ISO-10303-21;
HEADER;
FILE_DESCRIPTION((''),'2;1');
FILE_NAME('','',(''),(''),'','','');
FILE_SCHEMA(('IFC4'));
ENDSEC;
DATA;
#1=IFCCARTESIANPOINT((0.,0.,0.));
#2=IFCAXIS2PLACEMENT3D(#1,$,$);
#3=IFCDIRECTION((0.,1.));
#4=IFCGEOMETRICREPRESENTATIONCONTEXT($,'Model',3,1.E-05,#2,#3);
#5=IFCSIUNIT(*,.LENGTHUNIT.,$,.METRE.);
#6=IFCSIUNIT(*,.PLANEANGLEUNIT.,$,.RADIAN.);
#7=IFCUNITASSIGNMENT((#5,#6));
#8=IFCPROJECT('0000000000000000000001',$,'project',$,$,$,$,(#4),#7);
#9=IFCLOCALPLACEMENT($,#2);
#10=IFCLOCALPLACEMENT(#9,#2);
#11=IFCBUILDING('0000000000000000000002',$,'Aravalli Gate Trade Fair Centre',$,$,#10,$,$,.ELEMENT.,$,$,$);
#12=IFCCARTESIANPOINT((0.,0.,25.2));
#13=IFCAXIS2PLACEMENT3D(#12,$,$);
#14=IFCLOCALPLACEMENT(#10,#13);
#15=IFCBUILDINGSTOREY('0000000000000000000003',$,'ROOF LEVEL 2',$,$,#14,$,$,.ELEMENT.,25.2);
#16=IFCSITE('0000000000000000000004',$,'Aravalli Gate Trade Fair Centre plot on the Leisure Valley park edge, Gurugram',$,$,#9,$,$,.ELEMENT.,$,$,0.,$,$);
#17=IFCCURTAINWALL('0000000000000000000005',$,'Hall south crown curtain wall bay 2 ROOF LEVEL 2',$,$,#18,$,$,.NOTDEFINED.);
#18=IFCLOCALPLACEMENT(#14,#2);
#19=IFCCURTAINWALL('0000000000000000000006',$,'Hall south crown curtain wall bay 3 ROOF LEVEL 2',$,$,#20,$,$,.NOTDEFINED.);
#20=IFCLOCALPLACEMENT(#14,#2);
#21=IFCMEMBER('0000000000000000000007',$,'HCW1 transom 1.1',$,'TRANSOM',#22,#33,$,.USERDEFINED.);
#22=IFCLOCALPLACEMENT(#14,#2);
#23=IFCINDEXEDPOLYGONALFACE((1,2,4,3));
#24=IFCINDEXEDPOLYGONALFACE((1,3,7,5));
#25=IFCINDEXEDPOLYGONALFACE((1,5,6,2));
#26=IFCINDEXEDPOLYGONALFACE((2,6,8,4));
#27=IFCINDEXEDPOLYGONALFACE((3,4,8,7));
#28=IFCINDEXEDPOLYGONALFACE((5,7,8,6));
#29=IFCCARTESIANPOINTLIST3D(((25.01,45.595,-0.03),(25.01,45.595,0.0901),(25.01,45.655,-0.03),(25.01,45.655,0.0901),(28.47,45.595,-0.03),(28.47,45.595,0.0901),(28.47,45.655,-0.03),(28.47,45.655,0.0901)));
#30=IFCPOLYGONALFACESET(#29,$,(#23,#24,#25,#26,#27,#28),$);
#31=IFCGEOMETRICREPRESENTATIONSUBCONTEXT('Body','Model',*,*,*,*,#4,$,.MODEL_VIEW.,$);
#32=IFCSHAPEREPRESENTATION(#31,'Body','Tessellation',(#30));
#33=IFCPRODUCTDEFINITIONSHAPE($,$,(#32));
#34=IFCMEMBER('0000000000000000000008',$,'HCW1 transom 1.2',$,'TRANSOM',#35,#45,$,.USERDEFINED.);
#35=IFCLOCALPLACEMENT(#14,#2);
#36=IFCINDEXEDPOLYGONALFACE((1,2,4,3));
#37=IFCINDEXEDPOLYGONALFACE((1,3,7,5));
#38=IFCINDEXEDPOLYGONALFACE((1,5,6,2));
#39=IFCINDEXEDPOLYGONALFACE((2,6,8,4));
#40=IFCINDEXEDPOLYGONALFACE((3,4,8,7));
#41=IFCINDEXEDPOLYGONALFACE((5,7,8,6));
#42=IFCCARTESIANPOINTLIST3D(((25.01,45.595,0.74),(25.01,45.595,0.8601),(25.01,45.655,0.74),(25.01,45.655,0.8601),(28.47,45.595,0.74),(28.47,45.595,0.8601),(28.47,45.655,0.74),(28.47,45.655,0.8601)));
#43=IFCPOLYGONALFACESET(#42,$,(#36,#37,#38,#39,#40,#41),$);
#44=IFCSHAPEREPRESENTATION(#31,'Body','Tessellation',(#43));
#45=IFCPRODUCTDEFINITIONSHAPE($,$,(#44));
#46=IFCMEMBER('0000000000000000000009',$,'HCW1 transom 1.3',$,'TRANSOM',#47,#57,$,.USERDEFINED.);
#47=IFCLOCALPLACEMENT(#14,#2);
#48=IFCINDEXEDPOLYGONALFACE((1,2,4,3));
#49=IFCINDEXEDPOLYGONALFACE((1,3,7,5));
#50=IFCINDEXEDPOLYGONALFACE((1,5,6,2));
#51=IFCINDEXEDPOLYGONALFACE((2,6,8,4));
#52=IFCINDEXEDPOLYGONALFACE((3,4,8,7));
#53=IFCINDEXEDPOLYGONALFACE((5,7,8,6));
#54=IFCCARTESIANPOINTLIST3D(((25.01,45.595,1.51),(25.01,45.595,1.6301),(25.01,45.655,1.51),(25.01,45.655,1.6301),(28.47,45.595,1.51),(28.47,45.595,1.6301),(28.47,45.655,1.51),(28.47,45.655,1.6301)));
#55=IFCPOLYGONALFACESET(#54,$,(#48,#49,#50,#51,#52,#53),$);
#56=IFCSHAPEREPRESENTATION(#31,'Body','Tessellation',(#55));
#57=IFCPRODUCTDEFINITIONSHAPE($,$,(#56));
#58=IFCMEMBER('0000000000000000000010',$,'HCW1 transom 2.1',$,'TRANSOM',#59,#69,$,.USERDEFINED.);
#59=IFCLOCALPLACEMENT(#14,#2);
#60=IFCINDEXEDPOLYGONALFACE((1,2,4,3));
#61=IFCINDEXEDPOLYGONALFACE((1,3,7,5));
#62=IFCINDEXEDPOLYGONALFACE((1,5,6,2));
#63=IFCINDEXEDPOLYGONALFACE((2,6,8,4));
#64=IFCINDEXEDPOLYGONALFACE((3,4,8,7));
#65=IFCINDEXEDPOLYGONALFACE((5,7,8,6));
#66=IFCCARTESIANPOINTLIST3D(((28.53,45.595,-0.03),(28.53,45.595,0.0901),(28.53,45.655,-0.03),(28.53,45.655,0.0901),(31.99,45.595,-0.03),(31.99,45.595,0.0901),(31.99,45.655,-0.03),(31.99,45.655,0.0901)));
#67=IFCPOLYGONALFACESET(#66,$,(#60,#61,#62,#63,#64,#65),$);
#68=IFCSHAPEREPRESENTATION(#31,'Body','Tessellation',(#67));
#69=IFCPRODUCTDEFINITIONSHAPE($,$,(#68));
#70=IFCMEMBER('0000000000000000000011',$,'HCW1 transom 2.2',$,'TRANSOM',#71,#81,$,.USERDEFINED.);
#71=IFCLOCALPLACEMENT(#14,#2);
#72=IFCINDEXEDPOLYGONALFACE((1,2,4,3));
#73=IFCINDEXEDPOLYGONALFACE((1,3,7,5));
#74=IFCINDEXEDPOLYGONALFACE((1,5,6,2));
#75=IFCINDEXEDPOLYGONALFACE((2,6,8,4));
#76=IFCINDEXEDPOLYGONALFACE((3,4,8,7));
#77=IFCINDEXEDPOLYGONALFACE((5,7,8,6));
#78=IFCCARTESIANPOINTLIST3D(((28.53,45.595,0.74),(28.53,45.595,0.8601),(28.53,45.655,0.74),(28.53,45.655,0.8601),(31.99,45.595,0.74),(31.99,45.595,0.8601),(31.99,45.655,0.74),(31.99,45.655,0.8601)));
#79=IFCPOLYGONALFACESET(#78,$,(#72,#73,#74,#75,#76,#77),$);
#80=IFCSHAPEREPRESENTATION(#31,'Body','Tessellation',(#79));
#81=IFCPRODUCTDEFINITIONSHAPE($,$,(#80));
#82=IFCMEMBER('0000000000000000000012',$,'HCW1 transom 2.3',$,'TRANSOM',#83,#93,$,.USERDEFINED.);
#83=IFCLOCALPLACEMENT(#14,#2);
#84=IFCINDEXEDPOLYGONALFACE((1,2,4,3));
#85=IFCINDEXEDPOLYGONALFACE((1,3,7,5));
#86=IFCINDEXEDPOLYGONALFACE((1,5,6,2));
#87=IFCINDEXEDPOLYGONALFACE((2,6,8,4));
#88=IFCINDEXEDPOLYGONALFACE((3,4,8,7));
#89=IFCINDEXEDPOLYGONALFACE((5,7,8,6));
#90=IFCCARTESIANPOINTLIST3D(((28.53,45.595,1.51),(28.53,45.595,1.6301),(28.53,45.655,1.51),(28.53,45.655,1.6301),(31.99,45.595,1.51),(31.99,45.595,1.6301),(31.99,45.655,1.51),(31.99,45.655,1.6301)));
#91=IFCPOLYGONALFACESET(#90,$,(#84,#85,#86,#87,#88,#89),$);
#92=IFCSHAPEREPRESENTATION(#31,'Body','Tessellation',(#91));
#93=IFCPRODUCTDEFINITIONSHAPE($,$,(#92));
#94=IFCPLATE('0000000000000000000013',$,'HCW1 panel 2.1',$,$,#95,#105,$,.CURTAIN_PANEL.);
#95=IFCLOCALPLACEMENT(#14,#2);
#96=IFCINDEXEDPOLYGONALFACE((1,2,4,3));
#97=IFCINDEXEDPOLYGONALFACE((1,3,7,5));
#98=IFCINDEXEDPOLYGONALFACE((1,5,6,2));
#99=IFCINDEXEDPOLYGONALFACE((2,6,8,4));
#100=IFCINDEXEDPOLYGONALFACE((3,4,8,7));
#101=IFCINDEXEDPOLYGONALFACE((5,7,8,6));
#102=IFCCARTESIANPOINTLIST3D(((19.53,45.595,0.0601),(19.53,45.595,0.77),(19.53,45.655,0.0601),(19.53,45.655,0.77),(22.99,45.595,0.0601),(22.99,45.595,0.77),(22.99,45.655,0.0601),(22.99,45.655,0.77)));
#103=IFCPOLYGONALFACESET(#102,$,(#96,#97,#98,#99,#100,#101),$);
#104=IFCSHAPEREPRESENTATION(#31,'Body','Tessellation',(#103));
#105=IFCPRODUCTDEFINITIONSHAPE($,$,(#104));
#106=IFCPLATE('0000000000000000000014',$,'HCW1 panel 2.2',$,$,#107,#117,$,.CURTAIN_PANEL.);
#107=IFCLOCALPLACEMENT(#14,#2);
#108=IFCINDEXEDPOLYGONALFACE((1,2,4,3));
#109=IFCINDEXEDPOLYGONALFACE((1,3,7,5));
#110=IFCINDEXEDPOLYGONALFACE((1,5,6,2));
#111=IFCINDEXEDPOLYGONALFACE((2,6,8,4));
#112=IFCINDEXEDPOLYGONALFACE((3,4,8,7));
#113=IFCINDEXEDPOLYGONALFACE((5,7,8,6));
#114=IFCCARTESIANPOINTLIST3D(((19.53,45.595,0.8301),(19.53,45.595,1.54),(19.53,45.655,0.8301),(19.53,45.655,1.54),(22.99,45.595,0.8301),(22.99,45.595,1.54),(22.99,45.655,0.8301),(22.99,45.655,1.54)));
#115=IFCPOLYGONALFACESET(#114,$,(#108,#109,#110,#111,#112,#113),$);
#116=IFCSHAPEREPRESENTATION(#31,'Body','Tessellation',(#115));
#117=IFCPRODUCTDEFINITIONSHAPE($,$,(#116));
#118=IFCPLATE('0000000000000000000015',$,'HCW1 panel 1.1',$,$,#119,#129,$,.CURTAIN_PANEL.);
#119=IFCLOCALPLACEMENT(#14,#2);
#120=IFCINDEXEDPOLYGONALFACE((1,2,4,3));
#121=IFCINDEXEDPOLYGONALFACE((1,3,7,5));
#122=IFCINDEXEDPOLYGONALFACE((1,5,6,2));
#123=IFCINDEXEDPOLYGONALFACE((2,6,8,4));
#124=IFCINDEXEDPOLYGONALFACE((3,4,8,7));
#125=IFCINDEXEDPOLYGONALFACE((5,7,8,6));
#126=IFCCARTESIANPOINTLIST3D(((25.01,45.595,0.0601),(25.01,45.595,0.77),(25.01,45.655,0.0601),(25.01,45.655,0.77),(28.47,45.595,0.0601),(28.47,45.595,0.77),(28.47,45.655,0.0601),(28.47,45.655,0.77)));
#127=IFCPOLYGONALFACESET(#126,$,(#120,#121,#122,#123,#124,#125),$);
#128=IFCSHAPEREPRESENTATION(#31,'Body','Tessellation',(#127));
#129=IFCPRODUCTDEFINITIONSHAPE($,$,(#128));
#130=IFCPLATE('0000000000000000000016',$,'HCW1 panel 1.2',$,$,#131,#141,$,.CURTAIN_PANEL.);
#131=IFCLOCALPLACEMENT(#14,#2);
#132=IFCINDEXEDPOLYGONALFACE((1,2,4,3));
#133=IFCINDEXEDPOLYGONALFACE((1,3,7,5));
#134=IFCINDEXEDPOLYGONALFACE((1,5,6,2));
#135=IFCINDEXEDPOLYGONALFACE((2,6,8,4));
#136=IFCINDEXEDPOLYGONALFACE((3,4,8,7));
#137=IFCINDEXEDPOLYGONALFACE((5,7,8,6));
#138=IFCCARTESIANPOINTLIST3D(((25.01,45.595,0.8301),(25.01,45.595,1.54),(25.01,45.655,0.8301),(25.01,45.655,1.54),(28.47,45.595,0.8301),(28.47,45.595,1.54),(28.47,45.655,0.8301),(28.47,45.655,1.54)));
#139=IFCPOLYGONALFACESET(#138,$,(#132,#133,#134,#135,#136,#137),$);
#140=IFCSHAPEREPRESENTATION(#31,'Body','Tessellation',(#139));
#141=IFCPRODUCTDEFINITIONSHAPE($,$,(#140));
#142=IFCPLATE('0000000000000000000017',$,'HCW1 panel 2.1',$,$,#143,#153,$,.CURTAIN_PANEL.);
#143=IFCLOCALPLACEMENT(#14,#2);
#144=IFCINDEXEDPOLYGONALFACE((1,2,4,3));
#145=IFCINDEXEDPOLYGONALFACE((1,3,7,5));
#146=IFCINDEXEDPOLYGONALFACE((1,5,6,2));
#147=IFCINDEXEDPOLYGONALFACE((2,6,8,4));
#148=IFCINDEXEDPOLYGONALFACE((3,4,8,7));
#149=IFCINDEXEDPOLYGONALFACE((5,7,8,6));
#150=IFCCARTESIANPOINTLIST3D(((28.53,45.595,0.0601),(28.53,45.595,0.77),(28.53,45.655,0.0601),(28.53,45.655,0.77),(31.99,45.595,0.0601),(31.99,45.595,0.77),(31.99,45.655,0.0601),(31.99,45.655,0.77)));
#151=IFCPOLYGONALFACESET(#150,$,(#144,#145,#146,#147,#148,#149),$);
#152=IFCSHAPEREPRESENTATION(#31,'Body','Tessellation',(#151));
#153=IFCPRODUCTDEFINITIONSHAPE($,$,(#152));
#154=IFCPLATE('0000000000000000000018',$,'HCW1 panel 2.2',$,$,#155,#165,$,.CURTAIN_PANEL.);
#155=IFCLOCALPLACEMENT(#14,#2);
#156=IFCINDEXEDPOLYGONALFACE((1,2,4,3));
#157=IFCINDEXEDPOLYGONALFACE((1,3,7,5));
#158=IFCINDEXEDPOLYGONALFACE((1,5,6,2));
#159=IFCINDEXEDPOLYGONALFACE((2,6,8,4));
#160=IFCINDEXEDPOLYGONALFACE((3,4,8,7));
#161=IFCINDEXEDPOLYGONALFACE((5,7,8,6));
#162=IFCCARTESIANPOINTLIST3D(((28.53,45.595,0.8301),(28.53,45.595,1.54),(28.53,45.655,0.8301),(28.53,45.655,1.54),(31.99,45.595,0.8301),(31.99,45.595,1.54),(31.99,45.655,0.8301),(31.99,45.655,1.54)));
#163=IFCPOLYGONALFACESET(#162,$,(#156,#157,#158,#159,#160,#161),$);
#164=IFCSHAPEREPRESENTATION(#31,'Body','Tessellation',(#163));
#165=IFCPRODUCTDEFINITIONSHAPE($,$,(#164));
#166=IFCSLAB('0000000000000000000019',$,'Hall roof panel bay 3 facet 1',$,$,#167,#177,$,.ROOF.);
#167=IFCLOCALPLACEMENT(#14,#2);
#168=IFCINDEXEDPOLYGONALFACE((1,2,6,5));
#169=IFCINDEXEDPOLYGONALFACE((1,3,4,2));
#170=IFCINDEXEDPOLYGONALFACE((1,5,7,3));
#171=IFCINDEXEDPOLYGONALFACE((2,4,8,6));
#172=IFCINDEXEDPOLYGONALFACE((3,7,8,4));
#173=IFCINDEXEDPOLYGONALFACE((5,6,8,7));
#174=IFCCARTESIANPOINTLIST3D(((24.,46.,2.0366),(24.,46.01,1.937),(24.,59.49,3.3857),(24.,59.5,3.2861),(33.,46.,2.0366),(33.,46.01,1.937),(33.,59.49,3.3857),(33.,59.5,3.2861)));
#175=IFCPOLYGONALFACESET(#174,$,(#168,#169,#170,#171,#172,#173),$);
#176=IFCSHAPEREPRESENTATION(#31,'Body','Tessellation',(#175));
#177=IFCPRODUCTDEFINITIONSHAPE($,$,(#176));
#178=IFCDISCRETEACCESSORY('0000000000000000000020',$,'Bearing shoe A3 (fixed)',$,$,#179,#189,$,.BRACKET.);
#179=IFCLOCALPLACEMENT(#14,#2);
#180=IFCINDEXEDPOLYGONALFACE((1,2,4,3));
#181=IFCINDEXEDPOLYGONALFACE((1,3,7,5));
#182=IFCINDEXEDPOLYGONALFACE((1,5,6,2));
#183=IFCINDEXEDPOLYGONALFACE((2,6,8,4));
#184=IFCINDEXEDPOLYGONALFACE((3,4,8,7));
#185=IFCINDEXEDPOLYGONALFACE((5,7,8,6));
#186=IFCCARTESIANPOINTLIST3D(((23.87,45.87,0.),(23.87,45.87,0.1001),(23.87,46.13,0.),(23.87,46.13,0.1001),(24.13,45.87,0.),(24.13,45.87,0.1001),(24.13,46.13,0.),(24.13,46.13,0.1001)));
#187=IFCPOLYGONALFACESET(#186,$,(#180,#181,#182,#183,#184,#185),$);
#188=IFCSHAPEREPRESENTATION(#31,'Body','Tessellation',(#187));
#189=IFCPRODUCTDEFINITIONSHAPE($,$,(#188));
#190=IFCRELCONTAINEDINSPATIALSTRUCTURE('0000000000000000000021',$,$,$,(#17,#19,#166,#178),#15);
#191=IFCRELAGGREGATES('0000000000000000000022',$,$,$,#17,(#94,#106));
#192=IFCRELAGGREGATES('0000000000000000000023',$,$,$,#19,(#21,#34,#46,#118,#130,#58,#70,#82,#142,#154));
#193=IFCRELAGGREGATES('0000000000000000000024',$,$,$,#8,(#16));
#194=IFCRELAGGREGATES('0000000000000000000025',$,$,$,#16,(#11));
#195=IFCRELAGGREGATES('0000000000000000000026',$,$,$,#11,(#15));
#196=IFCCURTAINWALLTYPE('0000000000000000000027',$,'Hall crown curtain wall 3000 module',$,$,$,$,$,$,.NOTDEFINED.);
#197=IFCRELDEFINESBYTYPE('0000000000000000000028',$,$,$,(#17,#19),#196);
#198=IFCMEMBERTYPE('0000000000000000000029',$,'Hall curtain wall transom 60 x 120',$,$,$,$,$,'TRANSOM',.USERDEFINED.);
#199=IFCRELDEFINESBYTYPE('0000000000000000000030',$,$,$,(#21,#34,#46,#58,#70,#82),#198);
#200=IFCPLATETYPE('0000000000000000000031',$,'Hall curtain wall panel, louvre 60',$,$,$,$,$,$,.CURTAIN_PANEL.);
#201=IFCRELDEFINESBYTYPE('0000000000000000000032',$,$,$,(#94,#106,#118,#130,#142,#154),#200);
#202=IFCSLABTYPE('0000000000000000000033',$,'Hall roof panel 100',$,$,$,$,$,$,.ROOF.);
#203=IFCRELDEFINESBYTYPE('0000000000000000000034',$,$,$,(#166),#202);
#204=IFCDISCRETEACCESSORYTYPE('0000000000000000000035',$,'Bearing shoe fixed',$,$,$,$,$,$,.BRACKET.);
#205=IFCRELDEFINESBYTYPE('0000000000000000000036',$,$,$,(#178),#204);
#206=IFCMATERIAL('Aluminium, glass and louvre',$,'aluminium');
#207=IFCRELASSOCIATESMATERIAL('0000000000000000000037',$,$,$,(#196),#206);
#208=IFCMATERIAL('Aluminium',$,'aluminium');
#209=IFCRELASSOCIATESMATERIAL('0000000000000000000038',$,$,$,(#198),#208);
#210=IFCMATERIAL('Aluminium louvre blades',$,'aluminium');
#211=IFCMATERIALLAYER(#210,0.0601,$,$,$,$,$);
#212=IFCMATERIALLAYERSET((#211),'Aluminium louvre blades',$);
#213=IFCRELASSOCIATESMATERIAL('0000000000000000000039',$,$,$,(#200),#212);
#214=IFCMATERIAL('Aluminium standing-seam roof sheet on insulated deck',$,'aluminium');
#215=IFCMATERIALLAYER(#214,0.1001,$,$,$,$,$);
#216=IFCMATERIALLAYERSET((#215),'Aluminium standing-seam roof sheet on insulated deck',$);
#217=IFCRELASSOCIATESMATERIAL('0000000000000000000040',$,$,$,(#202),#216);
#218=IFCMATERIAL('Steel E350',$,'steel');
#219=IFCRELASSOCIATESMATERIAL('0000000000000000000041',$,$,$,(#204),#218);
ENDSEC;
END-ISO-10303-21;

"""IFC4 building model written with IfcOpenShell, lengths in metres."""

from ifc_helpers import new_model, si_unit, direction, frame, origin, origin_2d, place, context, subcontext, project, spatial, polyline, rectangle, outline, extrude, material, layer, layer_set, material_profile, profile_set, type_object, element, aggregate, save


model = new_model("IFC4")

# Units and contexts
model_context = context("Model", 3, precision=1e-05, world=origin(), true_north=direction((0.0, 1.0)))
body_context = subcontext(model_context, "Body", "Model", "MODEL_VIEW")
ifc_project = project(units=[si_unit("LENGTHUNIT", "METRE"), si_unit("PLANEANGLEUNIT", "RADIAN")], contexts=[model_context])

# Site, building, storey
site_placement = place(None, origin())
site = spatial("IfcSite", under=ifc_project, at=site_placement, Name="Aravalli Gate Trade Fair Centre plot on the Leisure Valley park edge, Gurugram", CompositionType="ELEMENT", RefElevation=0.0)
building_placement = place(site_placement, origin())
building = spatial("IfcBuilding", under=site, at=building_placement, Name="Aravalli Gate Trade Fair Centre", CompositionType="ELEMENT")
storey_placement = place(building_placement, frame((0.0, 0.0, 25.2)))
storey = spatial("IfcBuildingStorey", under=building, at=storey_placement, Name="ROOF LEVEL 2", CompositionType="ELEMENT", Elevation=25.2)

# Shared definitions
ifc_material_1 = material(Name="Steel E350", Category="steel")

# Curtain wall
ifc_material_2 = material(Name="Aluminium, glass and louvre", Category="aluminium")
curtain_wall_type = type_object("IfcCurtainWallType", Name="Hall crown curtain wall 3000 module", PredefinedType="NOTDEFINED", material=ifc_material_2)
curtain_wall_1_placement = place(storey_placement, origin())
curtain_wall_1 = element("IfcCurtainWall", 1, at=curtain_wall_1_placement, inside=storey, type_object=curtain_wall_type, Name="Hall south crown curtain wall bay 2 ROOF LEVEL 2", PredefinedType="NOTDEFINED")
ifc_material_3 = material(Name="Aluminium", Category="aluminium")

# Curtain wall
curtain_wall_2_placement = place(storey_placement, origin())
curtain_wall_2 = element("IfcCurtainWall", 2, at=curtain_wall_2_placement, inside=storey, type_object=curtain_wall_type, Name="Hall south crown curtain wall bay 3 ROOF LEVEL 2", PredefinedType="NOTDEFINED")

# Members
ifc_material_profile_1 = material_profile(ifc_material_3, rectangle(XDim=0.0601, YDim=0.1201, at=origin_2d()), Name="Hall curtain wall transom 60 x 120")
ifc_profile_set_1 = profile_set([ifc_material_profile_1], Name="Aluminium")
member_type_1 = type_object("IfcMemberType", Name="Hall curtain wall transom 60 x 120", ElementType="TRANSOM", PredefinedType="USERDEFINED", material=ifc_profile_set_1)
member_1_placement = place(storey_placement, frame((25.01, 45.625, 0.03), z_axis=(1.0, 0.0, 0.0), x_axis=(0.0, 1.0, 0.0)))
member_1 = element("IfcMember", 3, at=member_1_placement, type_object=member_type_1, Name="HCW1 transom 1.1", ObjectType="TRANSOM", PredefinedType="USERDEFINED", context=body_context, shape_type="SweptSolid", body=[
    extrude(rectangle(XDim=0.0601, YDim=0.1201, at=origin_2d()), origin(), (0.0, 0.0, 1.0), 3.46),
])
member_2_placement = place(storey_placement, frame((25.01, 45.625, 0.8), z_axis=(1.0, 0.0, 0.0), x_axis=(0.0, 1.0, 0.0)))
member_2 = element("IfcMember", 4, at=member_2_placement, type_object=member_type_1, Name="HCW1 transom 1.2", ObjectType="TRANSOM", PredefinedType="USERDEFINED", context=body_context, shape_type="SweptSolid", body=[
    extrude(rectangle(XDim=0.0601, YDim=0.1201, at=origin_2d()), origin(), (0.0, 0.0, 1.0), 3.46),
])
member_3_placement = place(storey_placement, frame((25.01, 45.625, 1.5701), z_axis=(1.0, 0.0, 0.0), x_axis=(0.0, 1.0, 0.0)))
member_3 = element("IfcMember", 5, at=member_3_placement, type_object=member_type_1, Name="HCW1 transom 1.3", ObjectType="TRANSOM", PredefinedType="USERDEFINED", context=body_context, shape_type="SweptSolid", body=[
    extrude(rectangle(XDim=0.0601, YDim=0.1201, at=origin_2d()), origin(), (0.0, 0.0, 1.0), 3.46),
])
member_4_placement = place(storey_placement, frame((28.53, 45.625, 0.03), z_axis=(1.0, 0.0, 0.0), x_axis=(0.0, 1.0, 0.0)))
member_4 = element("IfcMember", 6, at=member_4_placement, type_object=member_type_1, Name="HCW1 transom 2.1", ObjectType="TRANSOM", PredefinedType="USERDEFINED", context=body_context, shape_type="SweptSolid", body=[
    extrude(rectangle(XDim=0.0601, YDim=0.1201, at=origin_2d()), origin(), (0.0, 0.0, 1.0), 3.46),
])
member_5_placement = place(storey_placement, frame((28.53, 45.625, 0.8), z_axis=(1.0, 0.0, 0.0), x_axis=(0.0, 1.0, 0.0)))
member_5 = element("IfcMember", 7, at=member_5_placement, type_object=member_type_1, Name="HCW1 transom 2.2", ObjectType="TRANSOM", PredefinedType="USERDEFINED", context=body_context, shape_type="SweptSolid", body=[
    extrude(rectangle(XDim=0.0601, YDim=0.1201, at=origin_2d()), origin(), (0.0, 0.0, 1.0), 3.46),
])
member_6_placement = place(storey_placement, frame((28.53, 45.625, 1.5701), z_axis=(1.0, 0.0, 0.0), x_axis=(0.0, 1.0, 0.0)))
member_6 = element("IfcMember", 8, at=member_6_placement, type_object=member_type_1, Name="HCW1 transom 2.3", ObjectType="TRANSOM", PredefinedType="USERDEFINED", context=body_context, shape_type="SweptSolid", body=[
    extrude(rectangle(XDim=0.0601, YDim=0.1201, at=origin_2d()), origin(), (0.0, 0.0, 1.0), 3.46),
])

# Plates
ifc_material_4 = material(Name="Aluminium louvre blades", Category="aluminium")
ifc_layer_1 = layer(ifc_material_4, 0.0601)
ifc_layer_set_1 = layer_set([ifc_layer_1], Name="Aluminium louvre blades")
plate_type = type_object("IfcPlateType", Name="Hall curtain wall panel, louvre 60", PredefinedType="CURTAIN_PANEL", material=ifc_layer_set_1)
plate_1_placement = place(storey_placement, frame((21.26, 45.625, 0.0601), z_axis=(0.0, 0.0, 1.0), x_axis=(1.0, 0.0, 0.0)))
plate_1 = element("IfcPlate", 9, at=plate_1_placement, type_object=plate_type, Name="HCW1 panel 2.1", PredefinedType="CURTAIN_PANEL", context=body_context, shape_type="SweptSolid", body=[
    extrude(rectangle(XDim=3.46, YDim=0.0601, at=origin_2d()), origin(), (0.0, 0.0, 1.0), 0.71),
])
plate_2_placement = place(storey_placement, frame((21.26, 45.625, 0.8301), z_axis=(0.0, 0.0, 1.0), x_axis=(1.0, 0.0, 0.0)))
plate_2 = element("IfcPlate", 10, at=plate_2_placement, type_object=plate_type, Name="HCW1 panel 2.2", PredefinedType="CURTAIN_PANEL", context=body_context, shape_type="SweptSolid", body=[
    extrude(rectangle(XDim=3.46, YDim=0.0601, at=origin_2d()), origin(), (0.0, 0.0, 1.0), 0.71),
])
aggregate(curtain_wall_1, [plate_1, plate_2])
plate_3_placement = place(storey_placement, frame((26.74, 45.625, 0.0601), z_axis=(0.0, 0.0, 1.0), x_axis=(1.0, 0.0, 0.0)))
plate_3 = element("IfcPlate", 11, at=plate_3_placement, type_object=plate_type, Name="HCW1 panel 1.1", PredefinedType="CURTAIN_PANEL", context=body_context, shape_type="SweptSolid", body=[
    extrude(rectangle(XDim=3.46, YDim=0.0601, at=origin_2d()), origin(), (0.0, 0.0, 1.0), 0.71),
])
plate_4_placement = place(storey_placement, frame((26.74, 45.625, 0.8301), z_axis=(0.0, 0.0, 1.0), x_axis=(1.0, 0.0, 0.0)))
plate_4 = element("IfcPlate", 12, at=plate_4_placement, type_object=plate_type, Name="HCW1 panel 1.2", PredefinedType="CURTAIN_PANEL", context=body_context, shape_type="SweptSolid", body=[
    extrude(rectangle(XDim=3.46, YDim=0.0601, at=origin_2d()), origin(), (0.0, 0.0, 1.0), 0.71),
])
plate_5_placement = place(storey_placement, frame((30.26, 45.625, 0.0601), z_axis=(0.0, 0.0, 1.0), x_axis=(1.0, 0.0, 0.0)))
plate_5 = element("IfcPlate", 13, at=plate_5_placement, type_object=plate_type, Name="HCW1 panel 2.1", PredefinedType="CURTAIN_PANEL", context=body_context, shape_type="SweptSolid", body=[
    extrude(rectangle(XDim=3.46, YDim=0.0601, at=origin_2d()), origin(), (0.0, 0.0, 1.0), 0.71),
])
plate_6_placement = place(storey_placement, frame((30.26, 45.625, 0.8301), z_axis=(0.0, 0.0, 1.0), x_axis=(1.0, 0.0, 0.0)))
plate_6 = element("IfcPlate", 14, at=plate_6_placement, type_object=plate_type, Name="HCW1 panel 2.2", PredefinedType="CURTAIN_PANEL", context=body_context, shape_type="SweptSolid", body=[
    extrude(rectangle(XDim=3.46, YDim=0.0601, at=origin_2d()), origin(), (0.0, 0.0, 1.0), 0.71),
])
aggregate(curtain_wall_2, [member_1, member_2, member_3, plate_3, plate_4, member_4, member_5, member_6, plate_5, plate_6])

# Slab
ifc_material_5 = material(Name="Aluminium standing-seam roof sheet on insulated deck", Category="aluminium")
ifc_layer_2 = layer(ifc_material_5, 0.1001)
ifc_layer_set_2 = layer_set([ifc_layer_2], Name="Aluminium standing-seam roof sheet on insulated deck")
slab_type = type_object("IfcSlabType", Name="Hall roof panel 100", PredefinedType="ROOF", material=ifc_layer_set_2)
slab_placement = place(storey_placement, frame((24.0, 46.0, 2.0366), z_axis=(0.0, -0.099513, 0.995036), x_axis=(1.0, 0.0, 0.0)))
element("IfcSlab", 15, at=slab_placement, inside=storey, type_object=slab_type, Name="Hall roof panel bay 3 facet 1", PredefinedType="ROOF", context=body_context, shape_type="SweptSolid", body=[
    extrude(outline(polyline([(0.0, 0.0), (9.0, 0.0), (9.0, 13.5573), (0.0, 13.5573), (0.0, 0.0)])), origin(), (0.0, 0.0, -1.0), 0.1001),
])

# Discrete accessory
discrete_accessory_type = type_object("IfcDiscreteAccessoryType", Name="Bearing shoe fixed", PredefinedType="BRACKET", material=ifc_material_1)
discrete_accessory_placement = place(storey_placement, frame((24.0, 46.0, 0.0), z_axis=(0.0, 0.0, 1.0), x_axis=(1.0, 0.0, 0.0)))
element("IfcDiscreteAccessory", 16, at=discrete_accessory_placement, inside=storey, type_object=discrete_accessory_type, Name="Bearing shoe A3 (fixed)", PredefinedType="BRACKET", context=body_context, shape_type="SweptSolid", body=[
    extrude(rectangle(XDim=0.26, YDim=0.26, at=origin_2d()), origin(), (0.0, 0.0, 1.0), 0.1001),
])

save(model, "model.ifc")
